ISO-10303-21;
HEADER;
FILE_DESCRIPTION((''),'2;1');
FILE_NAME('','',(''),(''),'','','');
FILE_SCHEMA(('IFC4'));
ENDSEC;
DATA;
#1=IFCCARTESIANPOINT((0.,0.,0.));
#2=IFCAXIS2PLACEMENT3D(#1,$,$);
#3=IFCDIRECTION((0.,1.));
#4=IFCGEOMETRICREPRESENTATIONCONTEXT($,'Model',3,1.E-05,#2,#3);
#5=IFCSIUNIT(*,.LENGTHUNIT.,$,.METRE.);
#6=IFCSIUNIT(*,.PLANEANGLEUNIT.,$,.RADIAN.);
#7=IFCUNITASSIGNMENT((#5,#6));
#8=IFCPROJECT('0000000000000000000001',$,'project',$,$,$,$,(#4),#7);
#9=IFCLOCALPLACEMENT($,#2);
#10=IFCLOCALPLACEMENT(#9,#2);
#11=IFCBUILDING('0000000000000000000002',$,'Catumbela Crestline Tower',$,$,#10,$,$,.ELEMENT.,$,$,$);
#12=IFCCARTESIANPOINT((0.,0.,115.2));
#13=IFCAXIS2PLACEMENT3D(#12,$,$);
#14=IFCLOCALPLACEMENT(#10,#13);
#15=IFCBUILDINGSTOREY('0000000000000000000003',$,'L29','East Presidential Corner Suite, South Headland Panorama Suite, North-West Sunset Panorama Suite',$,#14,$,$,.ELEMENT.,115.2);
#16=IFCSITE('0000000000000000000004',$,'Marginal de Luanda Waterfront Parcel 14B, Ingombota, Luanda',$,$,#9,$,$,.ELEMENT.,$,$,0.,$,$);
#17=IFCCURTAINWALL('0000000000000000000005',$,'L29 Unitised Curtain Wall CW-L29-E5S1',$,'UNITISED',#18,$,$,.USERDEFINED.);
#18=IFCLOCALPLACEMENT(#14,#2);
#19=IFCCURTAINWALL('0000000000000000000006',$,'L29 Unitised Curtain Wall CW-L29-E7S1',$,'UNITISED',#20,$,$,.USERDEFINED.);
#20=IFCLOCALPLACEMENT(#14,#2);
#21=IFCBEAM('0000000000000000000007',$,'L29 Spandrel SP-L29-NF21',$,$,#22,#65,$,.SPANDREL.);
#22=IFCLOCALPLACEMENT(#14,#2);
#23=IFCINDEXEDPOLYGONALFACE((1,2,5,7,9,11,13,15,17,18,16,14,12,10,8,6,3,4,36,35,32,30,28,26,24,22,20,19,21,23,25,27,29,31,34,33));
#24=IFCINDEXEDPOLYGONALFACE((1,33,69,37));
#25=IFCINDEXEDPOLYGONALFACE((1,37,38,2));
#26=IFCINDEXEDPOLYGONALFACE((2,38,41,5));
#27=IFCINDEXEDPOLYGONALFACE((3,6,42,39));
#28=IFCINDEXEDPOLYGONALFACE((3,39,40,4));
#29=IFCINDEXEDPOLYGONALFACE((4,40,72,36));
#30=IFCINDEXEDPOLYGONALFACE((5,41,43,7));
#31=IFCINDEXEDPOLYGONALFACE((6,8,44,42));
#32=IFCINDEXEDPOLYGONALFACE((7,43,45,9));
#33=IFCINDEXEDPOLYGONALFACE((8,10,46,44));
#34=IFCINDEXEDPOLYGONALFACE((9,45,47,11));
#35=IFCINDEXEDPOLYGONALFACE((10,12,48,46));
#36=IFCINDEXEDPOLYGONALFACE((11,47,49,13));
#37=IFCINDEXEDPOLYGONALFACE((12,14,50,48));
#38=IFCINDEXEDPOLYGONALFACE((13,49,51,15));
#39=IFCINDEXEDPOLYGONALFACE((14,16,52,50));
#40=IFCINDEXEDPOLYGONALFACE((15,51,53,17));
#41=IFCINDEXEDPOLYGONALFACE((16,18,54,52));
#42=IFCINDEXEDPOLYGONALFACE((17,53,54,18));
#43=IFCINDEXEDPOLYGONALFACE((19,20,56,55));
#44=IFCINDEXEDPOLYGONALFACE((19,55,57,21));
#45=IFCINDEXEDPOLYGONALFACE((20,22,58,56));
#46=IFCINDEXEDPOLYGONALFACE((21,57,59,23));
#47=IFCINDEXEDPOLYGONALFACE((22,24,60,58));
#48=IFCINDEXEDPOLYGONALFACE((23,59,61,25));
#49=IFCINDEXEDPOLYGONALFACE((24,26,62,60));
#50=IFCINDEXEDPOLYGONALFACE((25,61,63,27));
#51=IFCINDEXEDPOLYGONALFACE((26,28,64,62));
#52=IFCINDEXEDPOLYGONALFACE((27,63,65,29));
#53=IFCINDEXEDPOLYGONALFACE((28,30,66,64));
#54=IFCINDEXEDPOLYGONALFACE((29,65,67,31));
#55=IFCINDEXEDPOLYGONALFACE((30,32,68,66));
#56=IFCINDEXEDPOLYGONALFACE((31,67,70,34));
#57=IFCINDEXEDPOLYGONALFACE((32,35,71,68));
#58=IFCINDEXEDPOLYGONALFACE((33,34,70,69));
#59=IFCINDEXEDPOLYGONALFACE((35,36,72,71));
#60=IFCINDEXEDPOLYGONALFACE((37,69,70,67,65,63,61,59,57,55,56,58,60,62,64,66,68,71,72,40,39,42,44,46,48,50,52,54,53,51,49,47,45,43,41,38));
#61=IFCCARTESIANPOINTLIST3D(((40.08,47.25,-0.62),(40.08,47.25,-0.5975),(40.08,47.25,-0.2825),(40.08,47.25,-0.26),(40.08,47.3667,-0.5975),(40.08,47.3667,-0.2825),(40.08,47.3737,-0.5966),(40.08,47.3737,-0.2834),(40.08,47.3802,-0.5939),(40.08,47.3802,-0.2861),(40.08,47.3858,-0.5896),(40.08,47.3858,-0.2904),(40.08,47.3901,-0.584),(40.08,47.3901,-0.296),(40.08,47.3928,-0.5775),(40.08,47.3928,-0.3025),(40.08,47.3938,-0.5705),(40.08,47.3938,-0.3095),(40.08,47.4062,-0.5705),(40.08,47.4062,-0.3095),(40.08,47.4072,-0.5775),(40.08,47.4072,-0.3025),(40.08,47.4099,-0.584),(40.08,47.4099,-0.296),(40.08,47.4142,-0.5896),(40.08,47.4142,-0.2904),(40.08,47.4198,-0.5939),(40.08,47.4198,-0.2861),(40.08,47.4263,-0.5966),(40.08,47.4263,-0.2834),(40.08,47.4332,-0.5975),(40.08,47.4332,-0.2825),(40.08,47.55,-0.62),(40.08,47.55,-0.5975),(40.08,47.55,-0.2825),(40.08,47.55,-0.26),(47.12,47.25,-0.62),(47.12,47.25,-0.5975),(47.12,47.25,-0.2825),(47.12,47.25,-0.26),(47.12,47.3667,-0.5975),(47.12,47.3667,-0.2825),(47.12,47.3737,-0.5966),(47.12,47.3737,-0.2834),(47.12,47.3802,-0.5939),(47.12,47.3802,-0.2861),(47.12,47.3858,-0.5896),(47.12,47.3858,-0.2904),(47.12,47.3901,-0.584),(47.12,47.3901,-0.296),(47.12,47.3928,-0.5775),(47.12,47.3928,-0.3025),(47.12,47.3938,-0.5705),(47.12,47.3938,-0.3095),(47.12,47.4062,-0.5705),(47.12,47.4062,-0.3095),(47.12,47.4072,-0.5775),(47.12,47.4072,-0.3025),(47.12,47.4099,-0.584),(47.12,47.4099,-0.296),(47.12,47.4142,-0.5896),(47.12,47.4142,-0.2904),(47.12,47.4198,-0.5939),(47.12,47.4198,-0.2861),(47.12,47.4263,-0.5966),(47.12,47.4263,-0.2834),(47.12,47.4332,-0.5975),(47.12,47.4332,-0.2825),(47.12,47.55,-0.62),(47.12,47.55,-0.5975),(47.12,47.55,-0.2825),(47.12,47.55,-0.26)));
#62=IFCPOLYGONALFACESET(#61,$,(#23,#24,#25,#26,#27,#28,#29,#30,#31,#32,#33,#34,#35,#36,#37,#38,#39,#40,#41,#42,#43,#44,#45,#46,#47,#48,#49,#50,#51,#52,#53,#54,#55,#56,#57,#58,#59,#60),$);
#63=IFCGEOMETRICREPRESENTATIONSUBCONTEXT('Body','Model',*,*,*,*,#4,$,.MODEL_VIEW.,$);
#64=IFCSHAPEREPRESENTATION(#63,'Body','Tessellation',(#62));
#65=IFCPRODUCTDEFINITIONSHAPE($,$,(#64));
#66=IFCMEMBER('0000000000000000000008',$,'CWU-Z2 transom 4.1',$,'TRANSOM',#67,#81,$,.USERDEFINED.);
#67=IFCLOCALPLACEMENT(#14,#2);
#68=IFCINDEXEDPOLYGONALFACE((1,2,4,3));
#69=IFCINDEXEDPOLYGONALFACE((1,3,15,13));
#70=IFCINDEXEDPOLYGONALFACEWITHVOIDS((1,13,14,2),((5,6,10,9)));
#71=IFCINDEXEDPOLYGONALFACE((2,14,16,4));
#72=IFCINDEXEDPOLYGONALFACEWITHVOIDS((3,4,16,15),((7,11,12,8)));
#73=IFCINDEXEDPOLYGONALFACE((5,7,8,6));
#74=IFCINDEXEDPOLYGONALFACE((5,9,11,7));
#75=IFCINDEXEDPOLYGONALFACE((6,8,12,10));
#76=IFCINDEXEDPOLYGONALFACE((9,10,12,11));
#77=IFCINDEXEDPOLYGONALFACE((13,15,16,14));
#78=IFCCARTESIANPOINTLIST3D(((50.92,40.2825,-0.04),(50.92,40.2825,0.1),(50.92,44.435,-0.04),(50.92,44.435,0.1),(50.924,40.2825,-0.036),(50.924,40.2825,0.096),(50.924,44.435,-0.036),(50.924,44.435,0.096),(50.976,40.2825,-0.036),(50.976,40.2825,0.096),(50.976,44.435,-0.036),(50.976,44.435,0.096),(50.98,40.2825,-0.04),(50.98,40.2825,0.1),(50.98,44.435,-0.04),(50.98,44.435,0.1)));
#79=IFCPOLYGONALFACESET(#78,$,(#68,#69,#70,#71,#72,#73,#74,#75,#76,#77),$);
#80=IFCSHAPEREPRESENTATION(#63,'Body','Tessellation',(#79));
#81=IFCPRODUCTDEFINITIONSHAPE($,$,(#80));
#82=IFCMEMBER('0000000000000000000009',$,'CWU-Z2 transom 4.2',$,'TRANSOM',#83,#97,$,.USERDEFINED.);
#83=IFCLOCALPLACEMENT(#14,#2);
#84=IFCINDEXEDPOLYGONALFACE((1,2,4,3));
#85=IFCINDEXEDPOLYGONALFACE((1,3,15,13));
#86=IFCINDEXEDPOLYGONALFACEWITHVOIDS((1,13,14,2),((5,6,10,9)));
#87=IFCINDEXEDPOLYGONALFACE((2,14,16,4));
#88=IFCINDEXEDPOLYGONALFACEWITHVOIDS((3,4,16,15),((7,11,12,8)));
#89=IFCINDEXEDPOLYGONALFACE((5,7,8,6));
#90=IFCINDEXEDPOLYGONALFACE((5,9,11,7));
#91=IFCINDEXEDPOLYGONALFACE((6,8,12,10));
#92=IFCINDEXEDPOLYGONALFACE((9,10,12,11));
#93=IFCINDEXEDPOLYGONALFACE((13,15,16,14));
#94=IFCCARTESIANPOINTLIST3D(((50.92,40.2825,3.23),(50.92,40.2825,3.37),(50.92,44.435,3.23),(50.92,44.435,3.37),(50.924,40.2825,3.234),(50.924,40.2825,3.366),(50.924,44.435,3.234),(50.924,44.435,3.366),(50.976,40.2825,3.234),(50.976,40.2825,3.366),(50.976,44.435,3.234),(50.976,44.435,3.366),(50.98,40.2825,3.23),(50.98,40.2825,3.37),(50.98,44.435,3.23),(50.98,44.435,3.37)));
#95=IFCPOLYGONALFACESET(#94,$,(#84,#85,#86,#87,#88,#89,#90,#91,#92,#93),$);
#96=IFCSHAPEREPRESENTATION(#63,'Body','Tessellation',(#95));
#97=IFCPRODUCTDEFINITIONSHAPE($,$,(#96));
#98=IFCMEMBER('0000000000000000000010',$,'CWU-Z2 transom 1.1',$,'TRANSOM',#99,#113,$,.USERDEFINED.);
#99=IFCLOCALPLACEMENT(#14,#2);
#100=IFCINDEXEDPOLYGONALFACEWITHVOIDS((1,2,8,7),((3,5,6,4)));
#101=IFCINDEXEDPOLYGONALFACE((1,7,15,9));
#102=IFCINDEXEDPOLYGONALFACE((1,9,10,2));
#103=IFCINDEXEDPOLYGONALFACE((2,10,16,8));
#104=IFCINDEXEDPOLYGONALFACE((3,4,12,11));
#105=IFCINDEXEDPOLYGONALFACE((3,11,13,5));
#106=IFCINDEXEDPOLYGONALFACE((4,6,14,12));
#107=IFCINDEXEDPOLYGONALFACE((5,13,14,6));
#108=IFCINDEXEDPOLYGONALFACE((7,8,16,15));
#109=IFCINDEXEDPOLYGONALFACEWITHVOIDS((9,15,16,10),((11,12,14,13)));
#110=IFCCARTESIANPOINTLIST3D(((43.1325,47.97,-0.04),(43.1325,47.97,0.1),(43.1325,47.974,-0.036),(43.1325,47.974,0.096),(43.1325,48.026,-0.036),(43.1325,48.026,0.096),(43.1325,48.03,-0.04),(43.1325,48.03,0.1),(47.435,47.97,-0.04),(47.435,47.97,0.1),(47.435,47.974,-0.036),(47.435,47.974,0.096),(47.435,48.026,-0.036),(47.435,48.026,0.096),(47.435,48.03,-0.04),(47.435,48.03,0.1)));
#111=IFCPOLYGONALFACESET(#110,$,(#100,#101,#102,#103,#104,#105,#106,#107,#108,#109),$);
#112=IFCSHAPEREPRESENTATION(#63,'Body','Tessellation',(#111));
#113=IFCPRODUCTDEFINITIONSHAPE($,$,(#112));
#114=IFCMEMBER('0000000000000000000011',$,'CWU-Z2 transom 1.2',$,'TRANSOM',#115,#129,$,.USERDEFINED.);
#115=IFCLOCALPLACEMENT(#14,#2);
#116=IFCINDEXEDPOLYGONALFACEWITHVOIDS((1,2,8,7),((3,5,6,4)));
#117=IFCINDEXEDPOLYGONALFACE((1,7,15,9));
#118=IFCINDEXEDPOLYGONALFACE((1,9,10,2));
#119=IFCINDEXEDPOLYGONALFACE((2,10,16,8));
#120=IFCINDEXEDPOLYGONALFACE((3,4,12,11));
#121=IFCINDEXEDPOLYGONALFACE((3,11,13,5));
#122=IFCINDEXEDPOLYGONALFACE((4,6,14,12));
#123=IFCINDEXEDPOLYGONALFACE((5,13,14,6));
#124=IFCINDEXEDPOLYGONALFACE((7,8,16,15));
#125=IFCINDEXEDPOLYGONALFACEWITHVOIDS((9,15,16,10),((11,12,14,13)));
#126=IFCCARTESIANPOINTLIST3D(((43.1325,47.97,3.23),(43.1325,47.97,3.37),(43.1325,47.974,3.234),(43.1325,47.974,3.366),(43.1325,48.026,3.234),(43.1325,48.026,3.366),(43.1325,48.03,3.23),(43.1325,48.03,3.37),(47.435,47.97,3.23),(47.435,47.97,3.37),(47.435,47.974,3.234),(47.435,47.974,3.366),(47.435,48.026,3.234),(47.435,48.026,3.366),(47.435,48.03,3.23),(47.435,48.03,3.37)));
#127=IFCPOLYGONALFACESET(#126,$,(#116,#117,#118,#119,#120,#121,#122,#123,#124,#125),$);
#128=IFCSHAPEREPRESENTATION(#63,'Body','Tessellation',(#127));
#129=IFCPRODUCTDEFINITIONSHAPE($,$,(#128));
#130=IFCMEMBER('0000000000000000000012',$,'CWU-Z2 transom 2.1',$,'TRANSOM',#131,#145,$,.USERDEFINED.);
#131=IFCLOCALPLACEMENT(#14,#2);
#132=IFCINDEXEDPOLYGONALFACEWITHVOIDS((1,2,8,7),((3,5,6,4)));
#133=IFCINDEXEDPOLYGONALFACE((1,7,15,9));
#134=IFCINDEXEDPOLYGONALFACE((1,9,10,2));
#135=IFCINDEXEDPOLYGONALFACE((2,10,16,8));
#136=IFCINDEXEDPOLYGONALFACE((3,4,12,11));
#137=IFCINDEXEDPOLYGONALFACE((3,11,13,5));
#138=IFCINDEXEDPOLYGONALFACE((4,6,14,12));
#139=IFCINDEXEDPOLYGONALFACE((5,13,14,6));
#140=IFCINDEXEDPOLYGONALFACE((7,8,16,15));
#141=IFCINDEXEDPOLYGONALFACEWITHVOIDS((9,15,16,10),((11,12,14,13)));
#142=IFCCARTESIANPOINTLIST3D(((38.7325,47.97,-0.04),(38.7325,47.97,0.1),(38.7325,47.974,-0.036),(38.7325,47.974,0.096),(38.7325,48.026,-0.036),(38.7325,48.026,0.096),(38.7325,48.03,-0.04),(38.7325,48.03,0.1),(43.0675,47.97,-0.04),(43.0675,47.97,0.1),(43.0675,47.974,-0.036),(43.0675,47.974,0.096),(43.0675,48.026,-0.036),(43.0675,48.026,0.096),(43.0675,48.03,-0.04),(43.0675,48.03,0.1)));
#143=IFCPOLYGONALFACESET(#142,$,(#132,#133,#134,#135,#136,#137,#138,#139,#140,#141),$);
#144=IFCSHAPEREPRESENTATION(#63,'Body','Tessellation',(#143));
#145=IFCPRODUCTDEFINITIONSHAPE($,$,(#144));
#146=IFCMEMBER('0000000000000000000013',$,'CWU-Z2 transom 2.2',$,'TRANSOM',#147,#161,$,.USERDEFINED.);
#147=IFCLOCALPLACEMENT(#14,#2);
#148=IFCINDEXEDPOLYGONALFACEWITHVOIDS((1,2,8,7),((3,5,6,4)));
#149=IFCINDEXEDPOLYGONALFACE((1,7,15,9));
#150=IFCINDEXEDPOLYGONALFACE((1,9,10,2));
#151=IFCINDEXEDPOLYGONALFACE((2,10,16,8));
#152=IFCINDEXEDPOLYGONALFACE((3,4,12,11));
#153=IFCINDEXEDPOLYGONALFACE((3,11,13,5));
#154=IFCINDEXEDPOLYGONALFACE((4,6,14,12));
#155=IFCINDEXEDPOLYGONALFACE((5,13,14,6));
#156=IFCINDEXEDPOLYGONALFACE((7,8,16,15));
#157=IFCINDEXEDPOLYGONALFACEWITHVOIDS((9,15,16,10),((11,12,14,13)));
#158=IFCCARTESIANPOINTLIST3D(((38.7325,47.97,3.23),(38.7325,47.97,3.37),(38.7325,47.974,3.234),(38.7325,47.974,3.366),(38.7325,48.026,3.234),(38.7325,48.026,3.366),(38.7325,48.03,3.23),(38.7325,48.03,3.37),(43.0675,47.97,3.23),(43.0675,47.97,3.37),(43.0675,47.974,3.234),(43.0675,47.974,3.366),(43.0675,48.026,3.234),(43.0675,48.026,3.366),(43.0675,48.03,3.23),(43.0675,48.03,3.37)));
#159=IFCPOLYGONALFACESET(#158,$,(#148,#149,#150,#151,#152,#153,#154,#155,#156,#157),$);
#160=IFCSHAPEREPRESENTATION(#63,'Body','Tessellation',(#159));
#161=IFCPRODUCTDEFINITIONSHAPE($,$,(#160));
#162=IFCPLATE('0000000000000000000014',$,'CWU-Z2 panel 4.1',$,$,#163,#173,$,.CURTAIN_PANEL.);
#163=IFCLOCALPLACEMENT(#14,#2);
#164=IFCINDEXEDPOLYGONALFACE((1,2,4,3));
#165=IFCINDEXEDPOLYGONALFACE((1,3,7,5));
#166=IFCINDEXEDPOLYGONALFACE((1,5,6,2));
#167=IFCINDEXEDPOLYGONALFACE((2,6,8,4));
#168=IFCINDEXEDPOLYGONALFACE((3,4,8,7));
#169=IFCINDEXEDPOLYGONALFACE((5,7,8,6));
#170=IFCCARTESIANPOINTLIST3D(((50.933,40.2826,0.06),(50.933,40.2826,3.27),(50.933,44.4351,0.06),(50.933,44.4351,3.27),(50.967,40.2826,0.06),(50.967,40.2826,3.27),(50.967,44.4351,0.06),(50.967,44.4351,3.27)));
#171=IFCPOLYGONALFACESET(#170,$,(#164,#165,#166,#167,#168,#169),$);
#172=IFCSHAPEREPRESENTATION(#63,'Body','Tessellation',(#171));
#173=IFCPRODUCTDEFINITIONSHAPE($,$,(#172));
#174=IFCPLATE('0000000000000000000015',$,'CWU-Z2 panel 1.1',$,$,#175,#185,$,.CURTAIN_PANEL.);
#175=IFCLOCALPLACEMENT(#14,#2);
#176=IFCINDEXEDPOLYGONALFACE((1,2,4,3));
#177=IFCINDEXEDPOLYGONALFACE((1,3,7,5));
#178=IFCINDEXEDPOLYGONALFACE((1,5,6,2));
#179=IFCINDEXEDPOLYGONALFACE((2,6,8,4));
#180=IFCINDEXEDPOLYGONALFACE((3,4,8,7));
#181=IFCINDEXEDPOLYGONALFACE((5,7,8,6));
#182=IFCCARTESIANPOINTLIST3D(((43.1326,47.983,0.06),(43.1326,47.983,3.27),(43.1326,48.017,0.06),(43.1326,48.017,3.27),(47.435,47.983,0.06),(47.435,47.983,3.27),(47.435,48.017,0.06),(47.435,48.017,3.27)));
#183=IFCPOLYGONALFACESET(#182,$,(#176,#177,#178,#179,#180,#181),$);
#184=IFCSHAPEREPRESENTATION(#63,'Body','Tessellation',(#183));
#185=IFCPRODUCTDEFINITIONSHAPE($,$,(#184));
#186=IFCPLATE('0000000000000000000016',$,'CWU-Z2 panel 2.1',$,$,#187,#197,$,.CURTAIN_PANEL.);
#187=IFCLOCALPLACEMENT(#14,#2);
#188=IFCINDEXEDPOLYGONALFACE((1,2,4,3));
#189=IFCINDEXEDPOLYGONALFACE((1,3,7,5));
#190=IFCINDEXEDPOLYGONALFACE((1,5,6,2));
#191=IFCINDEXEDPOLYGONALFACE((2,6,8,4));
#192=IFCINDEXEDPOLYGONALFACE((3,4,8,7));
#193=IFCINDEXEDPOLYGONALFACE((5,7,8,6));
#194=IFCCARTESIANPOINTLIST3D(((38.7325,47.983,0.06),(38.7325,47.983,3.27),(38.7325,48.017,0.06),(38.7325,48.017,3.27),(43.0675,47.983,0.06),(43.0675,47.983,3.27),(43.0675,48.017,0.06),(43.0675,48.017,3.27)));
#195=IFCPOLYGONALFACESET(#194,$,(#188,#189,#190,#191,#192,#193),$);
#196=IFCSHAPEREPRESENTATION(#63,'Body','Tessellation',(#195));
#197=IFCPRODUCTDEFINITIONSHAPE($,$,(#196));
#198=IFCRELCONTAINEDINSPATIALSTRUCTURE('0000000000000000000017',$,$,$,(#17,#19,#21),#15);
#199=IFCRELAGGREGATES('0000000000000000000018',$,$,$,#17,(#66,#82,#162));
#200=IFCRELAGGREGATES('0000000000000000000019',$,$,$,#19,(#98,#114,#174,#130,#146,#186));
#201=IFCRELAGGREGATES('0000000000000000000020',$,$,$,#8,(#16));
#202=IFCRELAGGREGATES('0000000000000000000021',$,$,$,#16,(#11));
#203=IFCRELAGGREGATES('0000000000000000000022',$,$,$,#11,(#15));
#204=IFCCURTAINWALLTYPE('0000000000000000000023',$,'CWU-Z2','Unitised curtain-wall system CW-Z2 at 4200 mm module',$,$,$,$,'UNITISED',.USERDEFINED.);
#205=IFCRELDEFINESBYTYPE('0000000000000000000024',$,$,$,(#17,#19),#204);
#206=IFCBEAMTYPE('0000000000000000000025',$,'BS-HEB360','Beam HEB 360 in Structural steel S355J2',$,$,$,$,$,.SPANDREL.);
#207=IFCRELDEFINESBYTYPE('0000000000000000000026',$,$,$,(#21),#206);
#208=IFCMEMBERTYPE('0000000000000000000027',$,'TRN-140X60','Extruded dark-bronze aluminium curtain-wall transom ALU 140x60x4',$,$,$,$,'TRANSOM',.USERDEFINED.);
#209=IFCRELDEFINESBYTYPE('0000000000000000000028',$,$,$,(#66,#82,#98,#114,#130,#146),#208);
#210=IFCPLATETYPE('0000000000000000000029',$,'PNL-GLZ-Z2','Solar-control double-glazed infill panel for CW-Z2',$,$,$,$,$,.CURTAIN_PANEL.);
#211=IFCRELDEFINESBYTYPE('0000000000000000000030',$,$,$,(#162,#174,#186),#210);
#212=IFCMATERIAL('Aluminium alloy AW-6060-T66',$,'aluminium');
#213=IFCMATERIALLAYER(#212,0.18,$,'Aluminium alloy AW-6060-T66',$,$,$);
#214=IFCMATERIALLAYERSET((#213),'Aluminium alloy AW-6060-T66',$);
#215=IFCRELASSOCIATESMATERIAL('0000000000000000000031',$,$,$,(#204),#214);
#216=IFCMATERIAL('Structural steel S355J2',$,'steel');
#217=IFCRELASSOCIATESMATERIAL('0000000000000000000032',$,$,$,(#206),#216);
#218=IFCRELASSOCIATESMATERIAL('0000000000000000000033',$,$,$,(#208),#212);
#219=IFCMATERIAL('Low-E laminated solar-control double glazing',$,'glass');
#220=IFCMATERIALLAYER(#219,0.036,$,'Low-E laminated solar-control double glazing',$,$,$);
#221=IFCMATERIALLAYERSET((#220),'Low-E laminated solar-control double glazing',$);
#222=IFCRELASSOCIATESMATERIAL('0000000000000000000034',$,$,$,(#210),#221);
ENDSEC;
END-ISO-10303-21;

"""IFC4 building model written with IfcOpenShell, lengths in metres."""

from ifc_helpers import new_model, si_unit, direction, frame, origin, origin_2d, place, context, subcontext, project, spatial, rectangle, hollow_rectangle, i_section, extrude, material, layer, layer_set, material_profile, profile_set, type_object, element, aggregate, save


model = new_model("IFC4")

# Units and contexts
model_context = context("Model", 3, precision=1e-05, world=origin(), true_north=direction((0.0, 1.0)))
body_context = subcontext(model_context, "Body", "Model", "MODEL_VIEW")
ifc_project = project(units=[si_unit("LENGTHUNIT", "METRE"), si_unit("PLANEANGLEUNIT", "RADIAN")], contexts=[model_context])

# Site, building, storey
site_placement = place(None, origin())
site = spatial("IfcSite", under=ifc_project, at=site_placement, Name="Marginal de Luanda Waterfront Parcel 14B, Ingombota, Luanda", CompositionType="ELEMENT", RefElevation=0.0)
building_placement = place(site_placement, origin())
building = spatial("IfcBuilding", under=site, at=building_placement, Name="Catumbela Crestline Tower", CompositionType="ELEMENT")
storey_placement = place(building_placement, frame((0.0, 0.0, 115.2)))
storey = spatial("IfcBuildingStorey", under=building, at=storey_placement, Name="L29", Description="East Presidential Corner Suite, South Headland Panorama Suite, North-West Sunset Panorama Suite", CompositionType="ELEMENT", Elevation=115.2)

# Curtain walls
ifc_material_1 = material(Name="Aluminium alloy AW-6060-T66", Category="aluminium")
ifc_layer_1 = layer(ifc_material_1, 0.18, Name="Aluminium alloy AW-6060-T66")
ifc_layer_set_1 = layer_set([ifc_layer_1], Name="Aluminium alloy AW-6060-T66")
curtain_wall_type = type_object("IfcCurtainWallType", Name="CWU-Z2", Description="Unitised curtain-wall system CW-Z2 at 4200 mm module", ElementType="UNITISED", PredefinedType="USERDEFINED", material=ifc_layer_set_1)
curtain_wall_1_placement = place(storey_placement, origin())
curtain_wall_1 = element("IfcCurtainWall", 1, at=curtain_wall_1_placement, inside=storey, type_object=curtain_wall_type, Name="L29 Unitised Curtain Wall CW-L29-E5S1", ObjectType="UNITISED", PredefinedType="USERDEFINED")
curtain_wall_2_placement = place(storey_placement, origin())
curtain_wall_2 = element("IfcCurtainWall", 2, at=curtain_wall_2_placement, inside=storey, type_object=curtain_wall_type, Name="L29 Unitised Curtain Wall CW-L29-E7S1", ObjectType="UNITISED", PredefinedType="USERDEFINED")

# Beam
ifc_material_2 = material(Name="Structural steel S355J2", Category="steel")
ifc_material_profile_1 = material_profile(ifc_material_2, i_section(OverallWidth=0.3, OverallDepth=0.36, WebThickness=0.0125, FlangeThickness=0.0225, FilletRadius=0.027, at=origin_2d()), Name="HEB 360")
ifc_profile_set_1 = profile_set([ifc_material_profile_1], Name="Structural steel S355J2")
beam_type = type_object("IfcBeamType", Name="BS-HEB360", Description="Beam HEB 360 in Structural steel S355J2", PredefinedType="SPANDREL", material=ifc_profile_set_1)
beam_placement = place(storey_placement, frame((40.08, 47.4, -0.44), z_axis=(1.0, 0.0, 0.0), x_axis=(0.0, 1.0, 0.0)))
element("IfcBeam", 3, at=beam_placement, inside=storey, type_object=beam_type, Name="L29 Spandrel SP-L29-NF21", PredefinedType="SPANDREL", context=body_context, shape_type="SweptSolid", body=[
    extrude(i_section(OverallWidth=0.3, OverallDepth=0.36, WebThickness=0.0125, FlangeThickness=0.0225, FilletRadius=0.027, at=origin_2d()), origin(), (0.0, 0.0, 1.0), 7.04),
])

# Members
ifc_material_profile_2 = material_profile(ifc_material_1, hollow_rectangle(XDim=0.06, YDim=0.14, WallThickness=0.004, at=origin_2d()), Name="ALU 140x60x4")
ifc_profile_set_2 = profile_set([ifc_material_profile_2], Name="Aluminium alloy AW-6060-T66")
member_type_1 = type_object("IfcMemberType", Name="TRN-140X60", Description="Extruded dark-bronze aluminium curtain-wall transom ALU 140x60x4", ElementType="TRANSOM", PredefinedType="USERDEFINED", material=ifc_profile_set_2)
member_1_placement = place(storey_placement, frame((50.95, 40.2825, 0.03), z_axis=(0.0, 1.0, 0.0), x_axis=(-1.0, 0.0, 0.0)))
member_1 = element("IfcMember", 4, at=member_1_placement, type_object=member_type_1, Name="CWU-Z2 transom 4.1", ObjectType="TRANSOM", PredefinedType="USERDEFINED", context=body_context, shape_type="SweptSolid", body=[
    extrude(hollow_rectangle(XDim=0.06, YDim=0.14, WallThickness=0.004, at=origin_2d()), origin(), (0.0, 0.0, 1.0), 4.1525),
])
member_2_placement = place(storey_placement, frame((50.95, 40.2825, 3.3), z_axis=(0.0, 1.0, 0.0), x_axis=(-1.0, 0.0, 0.0)))
member_2 = element("IfcMember", 5, at=member_2_placement, type_object=member_type_1, Name="CWU-Z2 transom 4.2", ObjectType="TRANSOM", PredefinedType="USERDEFINED", context=body_context, shape_type="SweptSolid", body=[
    extrude(hollow_rectangle(XDim=0.06, YDim=0.14, WallThickness=0.004, at=origin_2d()), origin(), (0.0, 0.0, 1.0), 4.1525),
])
member_3_placement = place(storey_placement, frame((47.435, 48.0, 0.03), z_axis=(-1.0, 0.0, 0.0), x_axis=(0.0, -1.0, 0.0)))
member_3 = element("IfcMember", 6, at=member_3_placement, type_object=member_type_1, Name="CWU-Z2 transom 1.1", ObjectType="TRANSOM", PredefinedType="USERDEFINED", context=body_context, shape_type="SweptSolid", body=[
    extrude(hollow_rectangle(XDim=0.06, YDim=0.14, WallThickness=0.004, at=origin_2d()), origin(), (0.0, 0.0, 1.0), 4.3025),
])
member_4_placement = place(storey_placement, frame((47.435, 48.0, 3.3), z_axis=(-1.0, 0.0, 0.0), x_axis=(0.0, -1.0, 0.0)))
member_4 = element("IfcMember", 7, at=member_4_placement, type_object=member_type_1, Name="CWU-Z2 transom 1.2", ObjectType="TRANSOM", PredefinedType="USERDEFINED", context=body_context, shape_type="SweptSolid", body=[
    extrude(hollow_rectangle(XDim=0.06, YDim=0.14, WallThickness=0.004, at=origin_2d()), origin(), (0.0, 0.0, 1.0), 4.3025),
])
member_5_placement = place(storey_placement, frame((43.0675, 48.0, 0.03), z_axis=(-1.0, 0.0, 0.0), x_axis=(0.0, -1.0, 0.0)))
member_5 = element("IfcMember", 8, at=member_5_placement, type_object=member_type_1, Name="CWU-Z2 transom 2.1", ObjectType="TRANSOM", PredefinedType="USERDEFINED", context=body_context, shape_type="SweptSolid", body=[
    extrude(hollow_rectangle(XDim=0.06, YDim=0.14, WallThickness=0.004, at=origin_2d()), origin(), (0.0, 0.0, 1.0), 4.335),
])
member_6_placement = place(storey_placement, frame((43.0675, 48.0, 3.3), z_axis=(-1.0, 0.0, 0.0), x_axis=(0.0, -1.0, 0.0)))
member_6 = element("IfcMember", 9, at=member_6_placement, type_object=member_type_1, Name="CWU-Z2 transom 2.2", ObjectType="TRANSOM", PredefinedType="USERDEFINED", context=body_context, shape_type="SweptSolid", body=[
    extrude(hollow_rectangle(XDim=0.06, YDim=0.14, WallThickness=0.004, at=origin_2d()), origin(), (0.0, 0.0, 1.0), 4.335),
])

# Plates
ifc_material_3 = material(Name="Low-E laminated solar-control double glazing", Category="glass")
ifc_layer_2 = layer(ifc_material_3, 0.036, Name="Low-E laminated solar-control double glazing")
ifc_layer_set_2 = layer_set([ifc_layer_2], Name="Low-E laminated solar-control double glazing")
plate_type = type_object("IfcPlateType", Name="PNL-GLZ-Z2", Description="Solar-control double-glazed infill panel for CW-Z2", PredefinedType="CURTAIN_PANEL", material=ifc_layer_set_2)
plate_1_placement = place(storey_placement, frame((50.95, 42.3588, 0.06), z_axis=(0.0, 0.0, 1.0), x_axis=(0.0, 1.0, 0.0)))
plate_1 = element("IfcPlate", 10, at=plate_1_placement, type_object=plate_type, Name="CWU-Z2 panel 4.1", PredefinedType="CURTAIN_PANEL", context=body_context, shape_type="SweptSolid", body=[
    extrude(rectangle(XDim=4.1525, YDim=0.034, at=origin_2d()), origin(), (0.0, 0.0, 1.0), 3.21),
])
aggregate(curtain_wall_1, [member_1, member_2, plate_1])
plate_2_placement = place(storey_placement, frame((45.2838, 48.0, 0.06), z_axis=(0.0, 0.0, 1.0), x_axis=(-1.0, 0.0, 0.0)))
plate_2 = element("IfcPlate", 11, at=plate_2_placement, type_object=plate_type, Name="CWU-Z2 panel 1.1", PredefinedType="CURTAIN_PANEL", context=body_context, shape_type="SweptSolid", body=[
    extrude(rectangle(XDim=4.3025, YDim=0.034, at=origin_2d()), origin(), (0.0, 0.0, 1.0), 3.21),
])
plate_3_placement = place(storey_placement, frame((40.9, 48.0, 0.06), z_axis=(0.0, 0.0, 1.0), x_axis=(-1.0, 0.0, 0.0)))
plate_3 = element("IfcPlate", 12, at=plate_3_placement, type_object=plate_type, Name="CWU-Z2 panel 2.1", PredefinedType="CURTAIN_PANEL", context=body_context, shape_type="SweptSolid", body=[
    extrude(rectangle(XDim=4.335, YDim=0.034, at=origin_2d()), origin(), (0.0, 0.0, 1.0), 3.21),
])
aggregate(curtain_wall_2, [member_3, member_4, plate_2, member_5, member_6, plate_3])

save(model, "model.ifc")
